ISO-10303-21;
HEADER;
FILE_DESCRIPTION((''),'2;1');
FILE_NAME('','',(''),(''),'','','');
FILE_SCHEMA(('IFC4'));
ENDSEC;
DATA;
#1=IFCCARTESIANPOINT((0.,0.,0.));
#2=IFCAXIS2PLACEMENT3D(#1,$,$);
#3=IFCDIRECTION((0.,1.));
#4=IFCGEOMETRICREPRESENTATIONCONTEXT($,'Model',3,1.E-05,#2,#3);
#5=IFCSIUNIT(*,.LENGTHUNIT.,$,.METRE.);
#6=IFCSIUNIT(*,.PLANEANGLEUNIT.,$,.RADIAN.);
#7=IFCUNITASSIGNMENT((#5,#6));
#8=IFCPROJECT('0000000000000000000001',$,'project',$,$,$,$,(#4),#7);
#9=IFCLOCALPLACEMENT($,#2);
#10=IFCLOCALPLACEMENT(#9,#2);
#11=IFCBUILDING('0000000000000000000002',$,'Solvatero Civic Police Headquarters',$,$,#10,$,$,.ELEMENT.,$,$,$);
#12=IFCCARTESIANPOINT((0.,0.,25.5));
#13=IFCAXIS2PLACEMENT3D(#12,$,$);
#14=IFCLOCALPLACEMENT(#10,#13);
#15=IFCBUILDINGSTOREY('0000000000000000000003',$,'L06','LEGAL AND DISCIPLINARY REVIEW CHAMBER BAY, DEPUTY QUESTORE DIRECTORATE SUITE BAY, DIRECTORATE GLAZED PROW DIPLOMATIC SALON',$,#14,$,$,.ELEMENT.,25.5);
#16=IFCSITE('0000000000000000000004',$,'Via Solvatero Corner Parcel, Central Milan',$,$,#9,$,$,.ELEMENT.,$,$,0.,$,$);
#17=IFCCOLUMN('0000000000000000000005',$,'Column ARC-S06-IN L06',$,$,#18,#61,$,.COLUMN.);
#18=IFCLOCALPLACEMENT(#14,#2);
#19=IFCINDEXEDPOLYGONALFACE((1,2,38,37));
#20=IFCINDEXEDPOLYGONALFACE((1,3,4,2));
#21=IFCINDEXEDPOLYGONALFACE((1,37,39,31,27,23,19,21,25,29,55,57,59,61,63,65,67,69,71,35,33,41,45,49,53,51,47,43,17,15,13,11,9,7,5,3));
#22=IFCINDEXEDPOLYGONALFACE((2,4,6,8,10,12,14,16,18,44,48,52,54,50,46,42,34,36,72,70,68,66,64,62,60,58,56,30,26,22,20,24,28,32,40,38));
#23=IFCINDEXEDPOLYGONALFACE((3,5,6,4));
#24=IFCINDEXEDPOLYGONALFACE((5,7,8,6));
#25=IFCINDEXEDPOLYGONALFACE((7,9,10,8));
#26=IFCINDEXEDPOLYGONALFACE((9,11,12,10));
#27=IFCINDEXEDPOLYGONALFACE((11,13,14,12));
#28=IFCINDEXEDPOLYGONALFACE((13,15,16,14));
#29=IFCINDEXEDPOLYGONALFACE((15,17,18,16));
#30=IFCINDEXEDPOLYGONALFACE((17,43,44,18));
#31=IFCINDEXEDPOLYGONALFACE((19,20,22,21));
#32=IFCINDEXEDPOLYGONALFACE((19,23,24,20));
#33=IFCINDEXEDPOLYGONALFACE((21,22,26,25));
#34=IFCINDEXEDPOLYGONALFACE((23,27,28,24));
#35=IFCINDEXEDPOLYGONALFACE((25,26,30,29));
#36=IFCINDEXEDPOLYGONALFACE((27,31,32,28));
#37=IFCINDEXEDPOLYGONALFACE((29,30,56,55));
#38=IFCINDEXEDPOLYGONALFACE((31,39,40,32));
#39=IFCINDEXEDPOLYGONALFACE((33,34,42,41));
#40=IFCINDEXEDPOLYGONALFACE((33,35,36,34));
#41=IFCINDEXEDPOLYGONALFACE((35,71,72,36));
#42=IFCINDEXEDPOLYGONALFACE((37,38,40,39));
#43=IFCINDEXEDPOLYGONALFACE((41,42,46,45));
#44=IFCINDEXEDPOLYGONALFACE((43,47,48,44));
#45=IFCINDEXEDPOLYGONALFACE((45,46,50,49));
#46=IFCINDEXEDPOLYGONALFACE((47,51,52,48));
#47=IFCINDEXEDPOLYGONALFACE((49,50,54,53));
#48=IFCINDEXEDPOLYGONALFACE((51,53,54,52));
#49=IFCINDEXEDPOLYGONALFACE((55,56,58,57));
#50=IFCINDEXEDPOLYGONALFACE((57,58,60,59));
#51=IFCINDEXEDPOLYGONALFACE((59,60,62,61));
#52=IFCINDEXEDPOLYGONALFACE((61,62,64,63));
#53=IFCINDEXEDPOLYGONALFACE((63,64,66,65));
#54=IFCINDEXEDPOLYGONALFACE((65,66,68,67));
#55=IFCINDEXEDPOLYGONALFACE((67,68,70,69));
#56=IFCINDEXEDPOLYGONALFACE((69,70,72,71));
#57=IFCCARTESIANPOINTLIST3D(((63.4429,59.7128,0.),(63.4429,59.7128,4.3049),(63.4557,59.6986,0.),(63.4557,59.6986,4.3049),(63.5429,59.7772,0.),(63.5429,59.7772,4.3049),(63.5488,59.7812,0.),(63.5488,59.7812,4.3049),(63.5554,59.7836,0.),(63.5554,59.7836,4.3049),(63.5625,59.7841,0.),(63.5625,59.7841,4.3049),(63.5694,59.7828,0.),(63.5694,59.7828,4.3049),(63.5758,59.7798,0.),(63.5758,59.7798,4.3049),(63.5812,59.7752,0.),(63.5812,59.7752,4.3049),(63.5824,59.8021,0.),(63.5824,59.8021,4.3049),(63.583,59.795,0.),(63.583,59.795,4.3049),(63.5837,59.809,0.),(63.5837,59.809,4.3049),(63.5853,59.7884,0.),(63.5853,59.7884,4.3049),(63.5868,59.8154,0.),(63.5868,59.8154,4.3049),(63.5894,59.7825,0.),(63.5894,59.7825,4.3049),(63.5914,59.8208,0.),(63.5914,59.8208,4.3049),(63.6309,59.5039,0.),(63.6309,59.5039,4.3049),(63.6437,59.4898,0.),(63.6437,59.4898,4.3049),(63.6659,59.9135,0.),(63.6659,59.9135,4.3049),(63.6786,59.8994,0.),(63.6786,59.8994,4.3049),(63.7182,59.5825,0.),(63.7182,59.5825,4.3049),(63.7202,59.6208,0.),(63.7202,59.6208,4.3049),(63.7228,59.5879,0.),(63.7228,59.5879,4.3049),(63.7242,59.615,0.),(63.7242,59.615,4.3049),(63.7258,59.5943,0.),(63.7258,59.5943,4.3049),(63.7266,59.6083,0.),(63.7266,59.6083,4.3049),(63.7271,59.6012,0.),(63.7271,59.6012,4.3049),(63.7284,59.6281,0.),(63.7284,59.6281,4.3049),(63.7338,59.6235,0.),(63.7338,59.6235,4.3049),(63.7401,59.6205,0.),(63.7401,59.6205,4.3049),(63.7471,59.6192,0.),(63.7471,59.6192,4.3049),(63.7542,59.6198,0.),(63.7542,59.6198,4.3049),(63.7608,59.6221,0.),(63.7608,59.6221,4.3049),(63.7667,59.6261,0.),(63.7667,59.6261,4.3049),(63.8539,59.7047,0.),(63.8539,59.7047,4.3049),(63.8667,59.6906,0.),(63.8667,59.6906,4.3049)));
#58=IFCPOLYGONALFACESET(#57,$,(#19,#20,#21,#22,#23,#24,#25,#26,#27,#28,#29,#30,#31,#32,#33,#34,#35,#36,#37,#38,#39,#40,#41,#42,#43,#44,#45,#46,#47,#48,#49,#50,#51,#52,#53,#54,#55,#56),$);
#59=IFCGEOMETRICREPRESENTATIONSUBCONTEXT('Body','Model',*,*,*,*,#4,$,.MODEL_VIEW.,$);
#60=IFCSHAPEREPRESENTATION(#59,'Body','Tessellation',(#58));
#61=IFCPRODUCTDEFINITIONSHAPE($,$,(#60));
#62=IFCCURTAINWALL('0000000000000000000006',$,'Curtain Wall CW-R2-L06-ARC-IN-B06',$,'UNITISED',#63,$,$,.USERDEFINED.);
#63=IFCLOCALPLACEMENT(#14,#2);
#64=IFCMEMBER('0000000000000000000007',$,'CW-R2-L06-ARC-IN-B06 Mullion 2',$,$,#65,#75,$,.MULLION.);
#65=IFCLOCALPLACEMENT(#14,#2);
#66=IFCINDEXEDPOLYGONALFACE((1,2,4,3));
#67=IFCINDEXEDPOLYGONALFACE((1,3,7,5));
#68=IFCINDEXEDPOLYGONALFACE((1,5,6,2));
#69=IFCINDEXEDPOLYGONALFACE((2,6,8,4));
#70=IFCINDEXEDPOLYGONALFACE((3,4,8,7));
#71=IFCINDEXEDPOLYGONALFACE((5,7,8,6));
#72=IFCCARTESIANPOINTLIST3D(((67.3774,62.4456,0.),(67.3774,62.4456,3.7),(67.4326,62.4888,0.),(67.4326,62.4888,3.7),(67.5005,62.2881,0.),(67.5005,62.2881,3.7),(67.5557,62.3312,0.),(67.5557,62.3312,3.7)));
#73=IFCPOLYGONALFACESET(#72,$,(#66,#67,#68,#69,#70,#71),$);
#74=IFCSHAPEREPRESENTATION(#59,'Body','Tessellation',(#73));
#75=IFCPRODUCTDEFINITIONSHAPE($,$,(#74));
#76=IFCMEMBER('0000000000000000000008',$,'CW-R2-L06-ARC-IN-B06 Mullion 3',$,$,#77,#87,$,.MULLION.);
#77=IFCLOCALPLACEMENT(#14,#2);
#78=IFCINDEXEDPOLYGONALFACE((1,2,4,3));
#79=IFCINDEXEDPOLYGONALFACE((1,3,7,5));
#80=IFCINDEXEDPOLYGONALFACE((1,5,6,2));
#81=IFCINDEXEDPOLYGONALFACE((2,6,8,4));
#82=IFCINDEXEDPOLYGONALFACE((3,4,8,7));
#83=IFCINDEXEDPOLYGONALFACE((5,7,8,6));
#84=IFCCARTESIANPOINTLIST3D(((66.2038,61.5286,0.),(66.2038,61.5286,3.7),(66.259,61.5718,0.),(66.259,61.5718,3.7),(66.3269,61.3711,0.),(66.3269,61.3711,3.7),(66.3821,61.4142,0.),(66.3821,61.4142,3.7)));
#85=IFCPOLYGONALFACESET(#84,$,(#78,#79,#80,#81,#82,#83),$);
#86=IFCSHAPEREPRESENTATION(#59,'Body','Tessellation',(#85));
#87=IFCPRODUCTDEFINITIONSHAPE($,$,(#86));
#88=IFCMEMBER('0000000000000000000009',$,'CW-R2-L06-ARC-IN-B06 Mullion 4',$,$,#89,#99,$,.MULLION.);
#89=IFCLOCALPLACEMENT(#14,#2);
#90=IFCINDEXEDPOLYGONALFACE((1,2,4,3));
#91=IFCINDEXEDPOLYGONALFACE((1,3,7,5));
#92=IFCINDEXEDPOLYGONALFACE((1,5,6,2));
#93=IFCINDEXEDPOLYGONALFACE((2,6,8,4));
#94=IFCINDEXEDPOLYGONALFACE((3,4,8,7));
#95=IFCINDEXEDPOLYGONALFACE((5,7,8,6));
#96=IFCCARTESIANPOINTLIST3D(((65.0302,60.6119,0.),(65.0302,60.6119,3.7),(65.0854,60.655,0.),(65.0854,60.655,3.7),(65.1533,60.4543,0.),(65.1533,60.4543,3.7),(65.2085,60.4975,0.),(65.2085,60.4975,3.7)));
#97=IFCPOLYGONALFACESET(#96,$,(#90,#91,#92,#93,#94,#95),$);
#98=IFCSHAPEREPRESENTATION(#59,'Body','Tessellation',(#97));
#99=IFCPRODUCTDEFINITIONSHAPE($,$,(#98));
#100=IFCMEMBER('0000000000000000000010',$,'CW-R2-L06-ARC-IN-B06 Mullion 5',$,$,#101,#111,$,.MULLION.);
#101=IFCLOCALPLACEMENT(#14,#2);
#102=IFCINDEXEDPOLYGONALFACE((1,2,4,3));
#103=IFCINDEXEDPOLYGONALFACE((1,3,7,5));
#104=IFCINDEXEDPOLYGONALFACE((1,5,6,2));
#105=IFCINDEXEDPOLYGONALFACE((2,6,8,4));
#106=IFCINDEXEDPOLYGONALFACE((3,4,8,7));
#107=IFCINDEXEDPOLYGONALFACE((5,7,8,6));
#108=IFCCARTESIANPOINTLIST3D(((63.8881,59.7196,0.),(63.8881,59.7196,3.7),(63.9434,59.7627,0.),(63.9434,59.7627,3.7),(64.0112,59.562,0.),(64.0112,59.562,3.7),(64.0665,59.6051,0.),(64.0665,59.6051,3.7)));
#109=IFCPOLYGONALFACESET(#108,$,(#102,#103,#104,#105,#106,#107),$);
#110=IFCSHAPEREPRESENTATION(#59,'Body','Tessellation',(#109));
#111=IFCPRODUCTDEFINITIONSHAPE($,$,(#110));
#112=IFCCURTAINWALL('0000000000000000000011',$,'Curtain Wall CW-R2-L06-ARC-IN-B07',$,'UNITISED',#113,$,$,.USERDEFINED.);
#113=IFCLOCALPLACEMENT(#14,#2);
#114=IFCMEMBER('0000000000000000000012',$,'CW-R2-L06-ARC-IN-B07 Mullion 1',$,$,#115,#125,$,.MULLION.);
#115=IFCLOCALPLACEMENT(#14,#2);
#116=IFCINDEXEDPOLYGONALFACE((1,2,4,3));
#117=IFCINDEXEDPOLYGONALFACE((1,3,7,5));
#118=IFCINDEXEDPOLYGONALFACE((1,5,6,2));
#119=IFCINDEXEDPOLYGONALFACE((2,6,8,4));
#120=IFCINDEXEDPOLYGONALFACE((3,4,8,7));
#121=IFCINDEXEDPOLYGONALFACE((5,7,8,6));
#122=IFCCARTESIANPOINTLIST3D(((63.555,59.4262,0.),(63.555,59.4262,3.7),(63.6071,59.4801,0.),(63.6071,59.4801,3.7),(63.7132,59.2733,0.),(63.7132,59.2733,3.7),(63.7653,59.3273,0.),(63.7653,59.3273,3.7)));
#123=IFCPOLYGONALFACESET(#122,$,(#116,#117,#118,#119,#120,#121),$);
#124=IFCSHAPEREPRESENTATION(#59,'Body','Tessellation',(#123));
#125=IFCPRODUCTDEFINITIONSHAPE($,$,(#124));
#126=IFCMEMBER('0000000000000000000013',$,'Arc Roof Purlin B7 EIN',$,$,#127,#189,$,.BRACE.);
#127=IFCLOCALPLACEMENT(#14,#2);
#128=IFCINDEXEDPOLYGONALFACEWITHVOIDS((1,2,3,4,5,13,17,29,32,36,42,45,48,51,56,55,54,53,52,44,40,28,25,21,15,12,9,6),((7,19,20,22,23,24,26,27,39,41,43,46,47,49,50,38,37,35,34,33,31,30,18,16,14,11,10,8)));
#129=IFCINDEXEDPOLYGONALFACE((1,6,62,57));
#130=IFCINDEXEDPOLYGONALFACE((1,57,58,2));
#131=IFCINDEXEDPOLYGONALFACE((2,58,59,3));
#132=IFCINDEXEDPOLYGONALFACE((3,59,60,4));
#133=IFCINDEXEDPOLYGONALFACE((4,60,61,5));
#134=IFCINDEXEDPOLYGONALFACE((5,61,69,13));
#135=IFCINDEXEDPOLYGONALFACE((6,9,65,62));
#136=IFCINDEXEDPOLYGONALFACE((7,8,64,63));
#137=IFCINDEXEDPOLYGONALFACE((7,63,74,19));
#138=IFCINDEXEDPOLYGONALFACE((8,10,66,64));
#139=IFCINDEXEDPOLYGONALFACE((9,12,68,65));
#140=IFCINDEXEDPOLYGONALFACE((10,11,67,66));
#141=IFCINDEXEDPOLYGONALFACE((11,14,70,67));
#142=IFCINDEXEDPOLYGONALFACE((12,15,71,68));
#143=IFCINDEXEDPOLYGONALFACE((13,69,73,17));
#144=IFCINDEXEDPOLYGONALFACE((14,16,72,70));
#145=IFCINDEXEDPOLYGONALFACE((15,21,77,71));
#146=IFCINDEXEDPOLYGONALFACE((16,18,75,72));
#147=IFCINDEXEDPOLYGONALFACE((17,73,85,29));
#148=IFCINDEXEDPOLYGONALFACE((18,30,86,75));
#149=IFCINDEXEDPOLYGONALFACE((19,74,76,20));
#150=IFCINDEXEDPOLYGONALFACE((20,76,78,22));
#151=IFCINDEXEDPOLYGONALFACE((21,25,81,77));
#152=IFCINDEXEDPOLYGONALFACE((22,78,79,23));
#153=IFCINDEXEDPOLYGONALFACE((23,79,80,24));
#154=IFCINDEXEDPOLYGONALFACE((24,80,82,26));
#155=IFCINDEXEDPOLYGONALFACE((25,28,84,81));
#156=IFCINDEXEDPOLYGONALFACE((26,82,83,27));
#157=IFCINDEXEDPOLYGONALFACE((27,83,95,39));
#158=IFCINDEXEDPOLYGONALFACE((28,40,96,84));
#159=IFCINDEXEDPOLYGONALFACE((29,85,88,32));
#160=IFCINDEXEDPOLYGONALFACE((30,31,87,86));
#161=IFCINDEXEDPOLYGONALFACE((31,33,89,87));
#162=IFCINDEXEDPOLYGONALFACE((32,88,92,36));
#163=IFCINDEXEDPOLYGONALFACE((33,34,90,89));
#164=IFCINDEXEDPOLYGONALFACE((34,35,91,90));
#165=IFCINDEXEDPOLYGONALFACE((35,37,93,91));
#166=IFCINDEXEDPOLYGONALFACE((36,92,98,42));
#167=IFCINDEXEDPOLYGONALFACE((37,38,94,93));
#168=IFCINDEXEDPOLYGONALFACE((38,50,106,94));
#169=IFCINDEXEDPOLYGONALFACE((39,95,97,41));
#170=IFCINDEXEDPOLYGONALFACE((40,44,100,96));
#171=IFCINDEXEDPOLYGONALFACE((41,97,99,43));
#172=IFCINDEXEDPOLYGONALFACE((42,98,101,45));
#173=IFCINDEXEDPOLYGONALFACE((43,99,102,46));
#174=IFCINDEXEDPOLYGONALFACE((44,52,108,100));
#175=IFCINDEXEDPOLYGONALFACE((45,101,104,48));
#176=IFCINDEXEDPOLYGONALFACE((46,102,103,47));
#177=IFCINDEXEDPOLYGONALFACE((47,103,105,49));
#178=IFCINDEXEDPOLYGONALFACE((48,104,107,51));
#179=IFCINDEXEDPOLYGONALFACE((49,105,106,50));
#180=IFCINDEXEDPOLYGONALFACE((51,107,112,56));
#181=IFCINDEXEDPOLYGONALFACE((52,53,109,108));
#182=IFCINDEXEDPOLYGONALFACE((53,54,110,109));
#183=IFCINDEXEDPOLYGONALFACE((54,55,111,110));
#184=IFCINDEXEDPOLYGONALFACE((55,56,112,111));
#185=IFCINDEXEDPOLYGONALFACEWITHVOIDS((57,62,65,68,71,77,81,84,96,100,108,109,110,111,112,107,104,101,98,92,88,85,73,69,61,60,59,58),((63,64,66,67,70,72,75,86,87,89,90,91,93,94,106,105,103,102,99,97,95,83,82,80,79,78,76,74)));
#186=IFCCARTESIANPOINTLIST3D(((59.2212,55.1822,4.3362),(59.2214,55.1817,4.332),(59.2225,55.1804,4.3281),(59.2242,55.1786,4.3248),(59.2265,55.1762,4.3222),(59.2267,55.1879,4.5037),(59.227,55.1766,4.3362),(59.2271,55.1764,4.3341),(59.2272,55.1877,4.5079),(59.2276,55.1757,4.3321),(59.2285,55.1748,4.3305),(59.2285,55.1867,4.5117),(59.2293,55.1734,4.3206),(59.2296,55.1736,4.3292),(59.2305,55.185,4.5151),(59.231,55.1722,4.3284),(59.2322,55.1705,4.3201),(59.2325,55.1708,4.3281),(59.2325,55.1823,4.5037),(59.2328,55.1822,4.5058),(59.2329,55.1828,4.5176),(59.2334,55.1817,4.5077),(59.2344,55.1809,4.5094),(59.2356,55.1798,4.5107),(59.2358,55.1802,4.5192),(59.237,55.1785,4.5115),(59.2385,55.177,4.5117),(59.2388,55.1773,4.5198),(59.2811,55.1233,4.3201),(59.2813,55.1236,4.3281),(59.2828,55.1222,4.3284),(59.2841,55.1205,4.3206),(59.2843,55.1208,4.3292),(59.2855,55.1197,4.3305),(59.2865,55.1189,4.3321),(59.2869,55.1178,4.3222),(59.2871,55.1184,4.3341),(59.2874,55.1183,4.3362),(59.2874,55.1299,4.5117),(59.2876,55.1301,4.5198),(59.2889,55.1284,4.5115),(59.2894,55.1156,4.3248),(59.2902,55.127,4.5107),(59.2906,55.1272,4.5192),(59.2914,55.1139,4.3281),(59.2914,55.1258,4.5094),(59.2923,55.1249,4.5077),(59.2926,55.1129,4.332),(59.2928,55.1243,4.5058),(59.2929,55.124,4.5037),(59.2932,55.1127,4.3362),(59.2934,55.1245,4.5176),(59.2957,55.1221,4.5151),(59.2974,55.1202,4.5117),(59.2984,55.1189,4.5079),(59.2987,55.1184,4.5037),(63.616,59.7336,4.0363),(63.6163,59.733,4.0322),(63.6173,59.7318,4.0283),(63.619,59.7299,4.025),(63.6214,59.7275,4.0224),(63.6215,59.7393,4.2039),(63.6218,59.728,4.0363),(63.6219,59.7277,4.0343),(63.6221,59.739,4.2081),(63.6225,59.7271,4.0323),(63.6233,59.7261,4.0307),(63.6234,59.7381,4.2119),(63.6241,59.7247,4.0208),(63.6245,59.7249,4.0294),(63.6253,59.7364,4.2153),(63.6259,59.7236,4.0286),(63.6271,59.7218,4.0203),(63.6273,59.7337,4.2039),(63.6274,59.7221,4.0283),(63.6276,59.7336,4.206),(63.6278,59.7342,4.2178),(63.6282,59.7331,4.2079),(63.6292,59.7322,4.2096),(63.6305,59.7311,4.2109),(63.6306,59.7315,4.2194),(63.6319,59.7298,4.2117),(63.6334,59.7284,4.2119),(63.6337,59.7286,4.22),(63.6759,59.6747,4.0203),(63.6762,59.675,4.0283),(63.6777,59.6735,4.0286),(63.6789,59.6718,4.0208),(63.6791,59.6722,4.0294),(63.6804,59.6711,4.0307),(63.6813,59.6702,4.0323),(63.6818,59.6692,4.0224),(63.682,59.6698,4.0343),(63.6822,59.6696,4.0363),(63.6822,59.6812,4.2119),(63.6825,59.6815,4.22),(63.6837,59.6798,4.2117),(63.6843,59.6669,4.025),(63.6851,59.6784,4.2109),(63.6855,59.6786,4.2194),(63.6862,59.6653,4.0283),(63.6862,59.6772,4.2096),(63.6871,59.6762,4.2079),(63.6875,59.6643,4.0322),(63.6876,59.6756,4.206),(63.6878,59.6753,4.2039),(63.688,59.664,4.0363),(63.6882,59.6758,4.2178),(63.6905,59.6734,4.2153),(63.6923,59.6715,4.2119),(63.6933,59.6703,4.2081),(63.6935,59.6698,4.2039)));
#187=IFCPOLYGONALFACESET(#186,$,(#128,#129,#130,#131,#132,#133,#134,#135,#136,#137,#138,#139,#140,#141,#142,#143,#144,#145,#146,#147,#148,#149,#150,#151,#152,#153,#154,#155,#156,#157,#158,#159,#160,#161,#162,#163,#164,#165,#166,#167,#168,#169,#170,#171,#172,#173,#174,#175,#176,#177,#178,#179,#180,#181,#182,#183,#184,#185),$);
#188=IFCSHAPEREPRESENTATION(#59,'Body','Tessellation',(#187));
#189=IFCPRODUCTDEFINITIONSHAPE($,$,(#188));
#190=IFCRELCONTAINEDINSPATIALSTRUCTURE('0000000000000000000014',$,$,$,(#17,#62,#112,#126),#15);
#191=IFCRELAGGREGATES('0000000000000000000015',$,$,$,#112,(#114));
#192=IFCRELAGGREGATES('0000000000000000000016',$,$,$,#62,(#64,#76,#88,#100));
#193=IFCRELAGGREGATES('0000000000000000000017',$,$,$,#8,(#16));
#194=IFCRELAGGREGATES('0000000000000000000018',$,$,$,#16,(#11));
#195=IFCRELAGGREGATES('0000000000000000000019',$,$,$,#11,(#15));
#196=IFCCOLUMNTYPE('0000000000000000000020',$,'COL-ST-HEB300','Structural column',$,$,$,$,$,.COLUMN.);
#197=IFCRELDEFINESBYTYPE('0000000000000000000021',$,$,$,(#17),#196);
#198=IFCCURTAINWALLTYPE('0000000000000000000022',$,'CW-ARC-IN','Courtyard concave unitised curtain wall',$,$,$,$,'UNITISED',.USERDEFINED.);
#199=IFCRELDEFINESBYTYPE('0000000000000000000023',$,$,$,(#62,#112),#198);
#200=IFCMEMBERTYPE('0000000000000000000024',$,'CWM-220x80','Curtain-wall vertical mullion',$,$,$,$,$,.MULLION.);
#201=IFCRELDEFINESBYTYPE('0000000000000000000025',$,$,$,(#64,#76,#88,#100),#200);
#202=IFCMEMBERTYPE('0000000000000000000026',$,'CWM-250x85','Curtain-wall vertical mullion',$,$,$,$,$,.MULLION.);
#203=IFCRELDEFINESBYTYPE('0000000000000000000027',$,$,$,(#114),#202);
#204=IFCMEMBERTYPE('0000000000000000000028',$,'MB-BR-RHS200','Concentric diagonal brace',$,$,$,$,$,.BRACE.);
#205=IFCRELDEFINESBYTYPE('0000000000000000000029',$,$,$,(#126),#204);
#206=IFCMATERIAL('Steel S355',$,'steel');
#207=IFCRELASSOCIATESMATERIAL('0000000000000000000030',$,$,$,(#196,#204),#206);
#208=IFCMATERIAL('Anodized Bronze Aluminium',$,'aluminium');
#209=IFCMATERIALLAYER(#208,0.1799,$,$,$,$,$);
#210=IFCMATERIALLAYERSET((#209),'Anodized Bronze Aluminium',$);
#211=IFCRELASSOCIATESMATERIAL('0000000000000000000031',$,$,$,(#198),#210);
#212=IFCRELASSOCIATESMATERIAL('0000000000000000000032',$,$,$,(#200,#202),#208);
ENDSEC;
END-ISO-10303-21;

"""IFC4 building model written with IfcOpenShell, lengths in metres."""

from ifc_helpers import new_model, si_unit, direction, frame, origin, origin_2d, place, context, subcontext, project, spatial, rectangle, hollow_rectangle, i_section, extrude, material, layer, layer_set, material_profile, profile_set, type_object, element, aggregate, save


model = new_model("IFC4")

# Units and contexts
model_context = context("Model", 3, precision=1e-05, world=origin(), true_north=direction((0.0, 1.0)))
body_context = subcontext(model_context, "Body", "Model", "MODEL_VIEW")
ifc_project = project(units=[si_unit("LENGTHUNIT", "METRE"), si_unit("PLANEANGLEUNIT", "RADIAN")], contexts=[model_context])

# Site, building, storey
site_placement = place(None, origin())
site = spatial("IfcSite", under=ifc_project, at=site_placement, Name="Via Solvatero Corner Parcel, Central Milan", CompositionType="ELEMENT", RefElevation=0.0)
building_placement = place(site_placement, origin())
building = spatial("IfcBuilding", under=site, at=building_placement, Name="Solvatero Civic Police Headquarters", CompositionType="ELEMENT")
storey_placement = place(building_placement, frame((0.0, 0.0, 25.5)))
storey = spatial("IfcBuildingStorey", under=building, at=storey_placement, Name="L06", Description="LEGAL AND DISCIPLINARY REVIEW CHAMBER BAY, DEPUTY QUESTORE DIRECTORATE SUITE BAY, DIRECTORATE GLAZED PROW DIPLOMATIC SALON", CompositionType="ELEMENT", Elevation=25.5)

# Column
ifc_material_1 = material(Name="Steel S355", Category="steel")
ifc_material_profile_1 = material_profile(ifc_material_1, i_section(OverallWidth=0.3, OverallDepth=0.3, WebThickness=0.011, FlangeThickness=0.019, FilletRadius=0.0271, at=origin_2d()), Name="HEB 300")
ifc_profile_set_1 = profile_set([ifc_material_profile_1], Name="Steel S355")
column_type = type_object("IfcColumnType", Name="COL-ST-HEB300", Description="Structural column", PredefinedType="COLUMN", material=ifc_profile_set_1)
column_placement = place(storey_placement, frame((63.6548, 59.7017, 0.0), z_axis=(0.0, 0.0, 1.0), x_axis=(0.743145, 0.669131, 0.0)))
element("IfcColumn", 1, at=column_placement, inside=storey, type_object=column_type, Name="Column ARC-S06-IN L06", PredefinedType="COLUMN", context=body_context, shape_type="SweptSolid", body=[
    extrude(i_section(OverallWidth=0.3, OverallDepth=0.3, WebThickness=0.011, FlangeThickness=0.019, FilletRadius=0.0271, at=origin_2d()), origin(), (0.0, 0.0, 1.0), 4.3049),
])

# Curtain wall, members
ifc_material_2 = material(Name="Anodized Bronze Aluminium", Category="aluminium")
ifc_layer_1 = layer(ifc_material_2, 0.1799)
ifc_layer_set_1 = layer_set([ifc_layer_1], Name="Anodized Bronze Aluminium")
curtain_wall_type = type_object("IfcCurtainWallType", Name="CW-ARC-IN", Description="Courtyard concave unitised curtain wall", ElementType="UNITISED", PredefinedType="USERDEFINED", material=ifc_layer_set_1)
curtain_wall_1_placement = place(storey_placement, origin())
curtain_wall_1 = element("IfcCurtainWall", 2, at=curtain_wall_1_placement, inside=storey, type_object=curtain_wall_type, Name="Curtain Wall CW-R2-L06-ARC-IN-B06", ObjectType="UNITISED", PredefinedType="USERDEFINED")
ifc_material_profile_2 = material_profile(ifc_material_2, rectangle(XDim=0.0701, YDim=0.2, at=origin_2d()), Name="ALU MULLION 70x200")
ifc_profile_set_2 = profile_set([ifc_material_profile_2], Name="Anodized Bronze Aluminium")
member_type_1 = type_object("IfcMemberType", Name="CWM-220x80", Description="Curtain-wall vertical mullion", PredefinedType="MULLION", material=ifc_profile_set_2)
member_1_placement = place(storey_placement, frame((67.4666, 62.3884, 0.0), z_axis=(0.0, 0.0, 1.0), x_axis=(-0.788011, -0.615661, 0.0)))
member_1 = element("IfcMember", 3, at=member_1_placement, type_object=member_type_1, Name="CW-R2-L06-ARC-IN-B06 Mullion 2", PredefinedType="MULLION", context=body_context, shape_type="SweptSolid", body=[
    extrude(rectangle(XDim=0.0701, YDim=0.2, at=origin_2d()), origin(), (0.0, 0.0, 1.0), 3.7),
])
member_2_placement = place(storey_placement, frame((66.293, 61.4714, 0.0), z_axis=(0.0, 0.0, 1.0), x_axis=(-0.788011, -0.615661, 0.0)))
member_2 = element("IfcMember", 4, at=member_2_placement, type_object=member_type_1, Name="CW-R2-L06-ARC-IN-B06 Mullion 3", PredefinedType="MULLION", context=body_context, shape_type="SweptSolid", body=[
    extrude(rectangle(XDim=0.0701, YDim=0.2, at=origin_2d()), origin(), (0.0, 0.0, 1.0), 3.7),
])
member_3_placement = place(storey_placement, frame((65.1194, 60.5547, 0.0), z_axis=(0.0, 0.0, 1.0), x_axis=(-0.788011, -0.615661, 0.0)))
member_3 = element("IfcMember", 5, at=member_3_placement, type_object=member_type_1, Name="CW-R2-L06-ARC-IN-B06 Mullion 4", PredefinedType="MULLION", context=body_context, shape_type="SweptSolid", body=[
    extrude(rectangle(XDim=0.0701, YDim=0.2, at=origin_2d()), origin(), (0.0, 0.0, 1.0), 3.7),
])
member_4_placement = place(storey_placement, frame((63.9773, 59.6624, 0.0), z_axis=(0.0, 0.0, 1.0), x_axis=(-0.788011, -0.615661, 0.0)))
member_4 = element("IfcMember", 6, at=member_4_placement, type_object=member_type_1, Name="CW-R2-L06-ARC-IN-B06 Mullion 5", PredefinedType="MULLION", context=body_context, shape_type="SweptSolid", body=[
    extrude(rectangle(XDim=0.0701, YDim=0.2, at=origin_2d()), origin(), (0.0, 0.0, 1.0), 3.7),
])

# Curtain wall, member
curtain_wall_2_placement = place(storey_placement, origin())
curtain_wall_2 = element("IfcCurtainWall", 7, at=curtain_wall_2_placement, inside=storey, type_object=curtain_wall_type, Name="Curtain Wall CW-R2-L06-ARC-IN-B07", ObjectType="UNITISED", PredefinedType="USERDEFINED")
ifc_material_profile_3 = material_profile(ifc_material_2, rectangle(XDim=0.075, YDim=0.22, at=origin_2d()), Name="ALU MULLION 75x220")
ifc_profile_set_3 = profile_set([ifc_material_profile_3], Name="Anodized Bronze Aluminium")
member_type_2 = type_object("IfcMemberType", Name="CWM-250x85", Description="Curtain-wall vertical mullion", PredefinedType="MULLION", material=ifc_profile_set_3)
member_5_placement = place(storey_placement, frame((63.6602, 59.3767, 0.0), z_axis=(0.0, 0.0, 1.0), x_axis=(-0.694646, -0.719352, 0.0)))
member_5 = element("IfcMember", 8, at=member_5_placement, type_object=member_type_2, Name="CW-R2-L06-ARC-IN-B07 Mullion 1", PredefinedType="MULLION", context=body_context, shape_type="SweptSolid", body=[
    extrude(rectangle(XDim=0.075, YDim=0.22, at=origin_2d()), origin(), (0.0, 0.0, 1.0), 3.7),
])
aggregate(curtain_wall_2, [member_5])

# Member
ifc_material_profile_4 = material_profile(ifc_material_1, hollow_rectangle(XDim=0.1001, YDim=0.2, WallThickness=0.0081, InnerFilletRadius=0.0081, OuterFilletRadius=0.0161, at=origin_2d()), Name="RHS 200x100x8.0")
ifc_profile_set_4 = profile_set([ifc_material_profile_4], Name="Steel S355")
member_type_3 = type_object("IfcMemberType", Name="MB-BR-RHS200", Description="Concentric diagonal brace", PredefinedType="BRACE", material=ifc_profile_set_4)
member_6_placement = place(storey_placement, frame((63.6548, 59.7017, 4.1201), z_axis=(-0.693852, -0.71856, 0.047334), x_axis=(0.719366, -0.694631, 0.0)))
element("IfcMember", 9, at=member_6_placement, inside=storey, type_object=member_type_3, Name="Arc Roof Purlin B7 EIN", PredefinedType="BRACE", context=body_context, shape_type="SweptSolid", body=[
    extrude(hollow_rectangle(XDim=0.1001, YDim=0.2, WallThickness=0.0081, InnerFilletRadius=0.0081, OuterFilletRadius=0.0161, at=origin_2d()), origin(), (0.0, 0.0, 1.0), 6.334),
])

aggregate(curtain_wall_1, [member_1, member_2, member_3, member_4])

save(model, "model.ifc")
